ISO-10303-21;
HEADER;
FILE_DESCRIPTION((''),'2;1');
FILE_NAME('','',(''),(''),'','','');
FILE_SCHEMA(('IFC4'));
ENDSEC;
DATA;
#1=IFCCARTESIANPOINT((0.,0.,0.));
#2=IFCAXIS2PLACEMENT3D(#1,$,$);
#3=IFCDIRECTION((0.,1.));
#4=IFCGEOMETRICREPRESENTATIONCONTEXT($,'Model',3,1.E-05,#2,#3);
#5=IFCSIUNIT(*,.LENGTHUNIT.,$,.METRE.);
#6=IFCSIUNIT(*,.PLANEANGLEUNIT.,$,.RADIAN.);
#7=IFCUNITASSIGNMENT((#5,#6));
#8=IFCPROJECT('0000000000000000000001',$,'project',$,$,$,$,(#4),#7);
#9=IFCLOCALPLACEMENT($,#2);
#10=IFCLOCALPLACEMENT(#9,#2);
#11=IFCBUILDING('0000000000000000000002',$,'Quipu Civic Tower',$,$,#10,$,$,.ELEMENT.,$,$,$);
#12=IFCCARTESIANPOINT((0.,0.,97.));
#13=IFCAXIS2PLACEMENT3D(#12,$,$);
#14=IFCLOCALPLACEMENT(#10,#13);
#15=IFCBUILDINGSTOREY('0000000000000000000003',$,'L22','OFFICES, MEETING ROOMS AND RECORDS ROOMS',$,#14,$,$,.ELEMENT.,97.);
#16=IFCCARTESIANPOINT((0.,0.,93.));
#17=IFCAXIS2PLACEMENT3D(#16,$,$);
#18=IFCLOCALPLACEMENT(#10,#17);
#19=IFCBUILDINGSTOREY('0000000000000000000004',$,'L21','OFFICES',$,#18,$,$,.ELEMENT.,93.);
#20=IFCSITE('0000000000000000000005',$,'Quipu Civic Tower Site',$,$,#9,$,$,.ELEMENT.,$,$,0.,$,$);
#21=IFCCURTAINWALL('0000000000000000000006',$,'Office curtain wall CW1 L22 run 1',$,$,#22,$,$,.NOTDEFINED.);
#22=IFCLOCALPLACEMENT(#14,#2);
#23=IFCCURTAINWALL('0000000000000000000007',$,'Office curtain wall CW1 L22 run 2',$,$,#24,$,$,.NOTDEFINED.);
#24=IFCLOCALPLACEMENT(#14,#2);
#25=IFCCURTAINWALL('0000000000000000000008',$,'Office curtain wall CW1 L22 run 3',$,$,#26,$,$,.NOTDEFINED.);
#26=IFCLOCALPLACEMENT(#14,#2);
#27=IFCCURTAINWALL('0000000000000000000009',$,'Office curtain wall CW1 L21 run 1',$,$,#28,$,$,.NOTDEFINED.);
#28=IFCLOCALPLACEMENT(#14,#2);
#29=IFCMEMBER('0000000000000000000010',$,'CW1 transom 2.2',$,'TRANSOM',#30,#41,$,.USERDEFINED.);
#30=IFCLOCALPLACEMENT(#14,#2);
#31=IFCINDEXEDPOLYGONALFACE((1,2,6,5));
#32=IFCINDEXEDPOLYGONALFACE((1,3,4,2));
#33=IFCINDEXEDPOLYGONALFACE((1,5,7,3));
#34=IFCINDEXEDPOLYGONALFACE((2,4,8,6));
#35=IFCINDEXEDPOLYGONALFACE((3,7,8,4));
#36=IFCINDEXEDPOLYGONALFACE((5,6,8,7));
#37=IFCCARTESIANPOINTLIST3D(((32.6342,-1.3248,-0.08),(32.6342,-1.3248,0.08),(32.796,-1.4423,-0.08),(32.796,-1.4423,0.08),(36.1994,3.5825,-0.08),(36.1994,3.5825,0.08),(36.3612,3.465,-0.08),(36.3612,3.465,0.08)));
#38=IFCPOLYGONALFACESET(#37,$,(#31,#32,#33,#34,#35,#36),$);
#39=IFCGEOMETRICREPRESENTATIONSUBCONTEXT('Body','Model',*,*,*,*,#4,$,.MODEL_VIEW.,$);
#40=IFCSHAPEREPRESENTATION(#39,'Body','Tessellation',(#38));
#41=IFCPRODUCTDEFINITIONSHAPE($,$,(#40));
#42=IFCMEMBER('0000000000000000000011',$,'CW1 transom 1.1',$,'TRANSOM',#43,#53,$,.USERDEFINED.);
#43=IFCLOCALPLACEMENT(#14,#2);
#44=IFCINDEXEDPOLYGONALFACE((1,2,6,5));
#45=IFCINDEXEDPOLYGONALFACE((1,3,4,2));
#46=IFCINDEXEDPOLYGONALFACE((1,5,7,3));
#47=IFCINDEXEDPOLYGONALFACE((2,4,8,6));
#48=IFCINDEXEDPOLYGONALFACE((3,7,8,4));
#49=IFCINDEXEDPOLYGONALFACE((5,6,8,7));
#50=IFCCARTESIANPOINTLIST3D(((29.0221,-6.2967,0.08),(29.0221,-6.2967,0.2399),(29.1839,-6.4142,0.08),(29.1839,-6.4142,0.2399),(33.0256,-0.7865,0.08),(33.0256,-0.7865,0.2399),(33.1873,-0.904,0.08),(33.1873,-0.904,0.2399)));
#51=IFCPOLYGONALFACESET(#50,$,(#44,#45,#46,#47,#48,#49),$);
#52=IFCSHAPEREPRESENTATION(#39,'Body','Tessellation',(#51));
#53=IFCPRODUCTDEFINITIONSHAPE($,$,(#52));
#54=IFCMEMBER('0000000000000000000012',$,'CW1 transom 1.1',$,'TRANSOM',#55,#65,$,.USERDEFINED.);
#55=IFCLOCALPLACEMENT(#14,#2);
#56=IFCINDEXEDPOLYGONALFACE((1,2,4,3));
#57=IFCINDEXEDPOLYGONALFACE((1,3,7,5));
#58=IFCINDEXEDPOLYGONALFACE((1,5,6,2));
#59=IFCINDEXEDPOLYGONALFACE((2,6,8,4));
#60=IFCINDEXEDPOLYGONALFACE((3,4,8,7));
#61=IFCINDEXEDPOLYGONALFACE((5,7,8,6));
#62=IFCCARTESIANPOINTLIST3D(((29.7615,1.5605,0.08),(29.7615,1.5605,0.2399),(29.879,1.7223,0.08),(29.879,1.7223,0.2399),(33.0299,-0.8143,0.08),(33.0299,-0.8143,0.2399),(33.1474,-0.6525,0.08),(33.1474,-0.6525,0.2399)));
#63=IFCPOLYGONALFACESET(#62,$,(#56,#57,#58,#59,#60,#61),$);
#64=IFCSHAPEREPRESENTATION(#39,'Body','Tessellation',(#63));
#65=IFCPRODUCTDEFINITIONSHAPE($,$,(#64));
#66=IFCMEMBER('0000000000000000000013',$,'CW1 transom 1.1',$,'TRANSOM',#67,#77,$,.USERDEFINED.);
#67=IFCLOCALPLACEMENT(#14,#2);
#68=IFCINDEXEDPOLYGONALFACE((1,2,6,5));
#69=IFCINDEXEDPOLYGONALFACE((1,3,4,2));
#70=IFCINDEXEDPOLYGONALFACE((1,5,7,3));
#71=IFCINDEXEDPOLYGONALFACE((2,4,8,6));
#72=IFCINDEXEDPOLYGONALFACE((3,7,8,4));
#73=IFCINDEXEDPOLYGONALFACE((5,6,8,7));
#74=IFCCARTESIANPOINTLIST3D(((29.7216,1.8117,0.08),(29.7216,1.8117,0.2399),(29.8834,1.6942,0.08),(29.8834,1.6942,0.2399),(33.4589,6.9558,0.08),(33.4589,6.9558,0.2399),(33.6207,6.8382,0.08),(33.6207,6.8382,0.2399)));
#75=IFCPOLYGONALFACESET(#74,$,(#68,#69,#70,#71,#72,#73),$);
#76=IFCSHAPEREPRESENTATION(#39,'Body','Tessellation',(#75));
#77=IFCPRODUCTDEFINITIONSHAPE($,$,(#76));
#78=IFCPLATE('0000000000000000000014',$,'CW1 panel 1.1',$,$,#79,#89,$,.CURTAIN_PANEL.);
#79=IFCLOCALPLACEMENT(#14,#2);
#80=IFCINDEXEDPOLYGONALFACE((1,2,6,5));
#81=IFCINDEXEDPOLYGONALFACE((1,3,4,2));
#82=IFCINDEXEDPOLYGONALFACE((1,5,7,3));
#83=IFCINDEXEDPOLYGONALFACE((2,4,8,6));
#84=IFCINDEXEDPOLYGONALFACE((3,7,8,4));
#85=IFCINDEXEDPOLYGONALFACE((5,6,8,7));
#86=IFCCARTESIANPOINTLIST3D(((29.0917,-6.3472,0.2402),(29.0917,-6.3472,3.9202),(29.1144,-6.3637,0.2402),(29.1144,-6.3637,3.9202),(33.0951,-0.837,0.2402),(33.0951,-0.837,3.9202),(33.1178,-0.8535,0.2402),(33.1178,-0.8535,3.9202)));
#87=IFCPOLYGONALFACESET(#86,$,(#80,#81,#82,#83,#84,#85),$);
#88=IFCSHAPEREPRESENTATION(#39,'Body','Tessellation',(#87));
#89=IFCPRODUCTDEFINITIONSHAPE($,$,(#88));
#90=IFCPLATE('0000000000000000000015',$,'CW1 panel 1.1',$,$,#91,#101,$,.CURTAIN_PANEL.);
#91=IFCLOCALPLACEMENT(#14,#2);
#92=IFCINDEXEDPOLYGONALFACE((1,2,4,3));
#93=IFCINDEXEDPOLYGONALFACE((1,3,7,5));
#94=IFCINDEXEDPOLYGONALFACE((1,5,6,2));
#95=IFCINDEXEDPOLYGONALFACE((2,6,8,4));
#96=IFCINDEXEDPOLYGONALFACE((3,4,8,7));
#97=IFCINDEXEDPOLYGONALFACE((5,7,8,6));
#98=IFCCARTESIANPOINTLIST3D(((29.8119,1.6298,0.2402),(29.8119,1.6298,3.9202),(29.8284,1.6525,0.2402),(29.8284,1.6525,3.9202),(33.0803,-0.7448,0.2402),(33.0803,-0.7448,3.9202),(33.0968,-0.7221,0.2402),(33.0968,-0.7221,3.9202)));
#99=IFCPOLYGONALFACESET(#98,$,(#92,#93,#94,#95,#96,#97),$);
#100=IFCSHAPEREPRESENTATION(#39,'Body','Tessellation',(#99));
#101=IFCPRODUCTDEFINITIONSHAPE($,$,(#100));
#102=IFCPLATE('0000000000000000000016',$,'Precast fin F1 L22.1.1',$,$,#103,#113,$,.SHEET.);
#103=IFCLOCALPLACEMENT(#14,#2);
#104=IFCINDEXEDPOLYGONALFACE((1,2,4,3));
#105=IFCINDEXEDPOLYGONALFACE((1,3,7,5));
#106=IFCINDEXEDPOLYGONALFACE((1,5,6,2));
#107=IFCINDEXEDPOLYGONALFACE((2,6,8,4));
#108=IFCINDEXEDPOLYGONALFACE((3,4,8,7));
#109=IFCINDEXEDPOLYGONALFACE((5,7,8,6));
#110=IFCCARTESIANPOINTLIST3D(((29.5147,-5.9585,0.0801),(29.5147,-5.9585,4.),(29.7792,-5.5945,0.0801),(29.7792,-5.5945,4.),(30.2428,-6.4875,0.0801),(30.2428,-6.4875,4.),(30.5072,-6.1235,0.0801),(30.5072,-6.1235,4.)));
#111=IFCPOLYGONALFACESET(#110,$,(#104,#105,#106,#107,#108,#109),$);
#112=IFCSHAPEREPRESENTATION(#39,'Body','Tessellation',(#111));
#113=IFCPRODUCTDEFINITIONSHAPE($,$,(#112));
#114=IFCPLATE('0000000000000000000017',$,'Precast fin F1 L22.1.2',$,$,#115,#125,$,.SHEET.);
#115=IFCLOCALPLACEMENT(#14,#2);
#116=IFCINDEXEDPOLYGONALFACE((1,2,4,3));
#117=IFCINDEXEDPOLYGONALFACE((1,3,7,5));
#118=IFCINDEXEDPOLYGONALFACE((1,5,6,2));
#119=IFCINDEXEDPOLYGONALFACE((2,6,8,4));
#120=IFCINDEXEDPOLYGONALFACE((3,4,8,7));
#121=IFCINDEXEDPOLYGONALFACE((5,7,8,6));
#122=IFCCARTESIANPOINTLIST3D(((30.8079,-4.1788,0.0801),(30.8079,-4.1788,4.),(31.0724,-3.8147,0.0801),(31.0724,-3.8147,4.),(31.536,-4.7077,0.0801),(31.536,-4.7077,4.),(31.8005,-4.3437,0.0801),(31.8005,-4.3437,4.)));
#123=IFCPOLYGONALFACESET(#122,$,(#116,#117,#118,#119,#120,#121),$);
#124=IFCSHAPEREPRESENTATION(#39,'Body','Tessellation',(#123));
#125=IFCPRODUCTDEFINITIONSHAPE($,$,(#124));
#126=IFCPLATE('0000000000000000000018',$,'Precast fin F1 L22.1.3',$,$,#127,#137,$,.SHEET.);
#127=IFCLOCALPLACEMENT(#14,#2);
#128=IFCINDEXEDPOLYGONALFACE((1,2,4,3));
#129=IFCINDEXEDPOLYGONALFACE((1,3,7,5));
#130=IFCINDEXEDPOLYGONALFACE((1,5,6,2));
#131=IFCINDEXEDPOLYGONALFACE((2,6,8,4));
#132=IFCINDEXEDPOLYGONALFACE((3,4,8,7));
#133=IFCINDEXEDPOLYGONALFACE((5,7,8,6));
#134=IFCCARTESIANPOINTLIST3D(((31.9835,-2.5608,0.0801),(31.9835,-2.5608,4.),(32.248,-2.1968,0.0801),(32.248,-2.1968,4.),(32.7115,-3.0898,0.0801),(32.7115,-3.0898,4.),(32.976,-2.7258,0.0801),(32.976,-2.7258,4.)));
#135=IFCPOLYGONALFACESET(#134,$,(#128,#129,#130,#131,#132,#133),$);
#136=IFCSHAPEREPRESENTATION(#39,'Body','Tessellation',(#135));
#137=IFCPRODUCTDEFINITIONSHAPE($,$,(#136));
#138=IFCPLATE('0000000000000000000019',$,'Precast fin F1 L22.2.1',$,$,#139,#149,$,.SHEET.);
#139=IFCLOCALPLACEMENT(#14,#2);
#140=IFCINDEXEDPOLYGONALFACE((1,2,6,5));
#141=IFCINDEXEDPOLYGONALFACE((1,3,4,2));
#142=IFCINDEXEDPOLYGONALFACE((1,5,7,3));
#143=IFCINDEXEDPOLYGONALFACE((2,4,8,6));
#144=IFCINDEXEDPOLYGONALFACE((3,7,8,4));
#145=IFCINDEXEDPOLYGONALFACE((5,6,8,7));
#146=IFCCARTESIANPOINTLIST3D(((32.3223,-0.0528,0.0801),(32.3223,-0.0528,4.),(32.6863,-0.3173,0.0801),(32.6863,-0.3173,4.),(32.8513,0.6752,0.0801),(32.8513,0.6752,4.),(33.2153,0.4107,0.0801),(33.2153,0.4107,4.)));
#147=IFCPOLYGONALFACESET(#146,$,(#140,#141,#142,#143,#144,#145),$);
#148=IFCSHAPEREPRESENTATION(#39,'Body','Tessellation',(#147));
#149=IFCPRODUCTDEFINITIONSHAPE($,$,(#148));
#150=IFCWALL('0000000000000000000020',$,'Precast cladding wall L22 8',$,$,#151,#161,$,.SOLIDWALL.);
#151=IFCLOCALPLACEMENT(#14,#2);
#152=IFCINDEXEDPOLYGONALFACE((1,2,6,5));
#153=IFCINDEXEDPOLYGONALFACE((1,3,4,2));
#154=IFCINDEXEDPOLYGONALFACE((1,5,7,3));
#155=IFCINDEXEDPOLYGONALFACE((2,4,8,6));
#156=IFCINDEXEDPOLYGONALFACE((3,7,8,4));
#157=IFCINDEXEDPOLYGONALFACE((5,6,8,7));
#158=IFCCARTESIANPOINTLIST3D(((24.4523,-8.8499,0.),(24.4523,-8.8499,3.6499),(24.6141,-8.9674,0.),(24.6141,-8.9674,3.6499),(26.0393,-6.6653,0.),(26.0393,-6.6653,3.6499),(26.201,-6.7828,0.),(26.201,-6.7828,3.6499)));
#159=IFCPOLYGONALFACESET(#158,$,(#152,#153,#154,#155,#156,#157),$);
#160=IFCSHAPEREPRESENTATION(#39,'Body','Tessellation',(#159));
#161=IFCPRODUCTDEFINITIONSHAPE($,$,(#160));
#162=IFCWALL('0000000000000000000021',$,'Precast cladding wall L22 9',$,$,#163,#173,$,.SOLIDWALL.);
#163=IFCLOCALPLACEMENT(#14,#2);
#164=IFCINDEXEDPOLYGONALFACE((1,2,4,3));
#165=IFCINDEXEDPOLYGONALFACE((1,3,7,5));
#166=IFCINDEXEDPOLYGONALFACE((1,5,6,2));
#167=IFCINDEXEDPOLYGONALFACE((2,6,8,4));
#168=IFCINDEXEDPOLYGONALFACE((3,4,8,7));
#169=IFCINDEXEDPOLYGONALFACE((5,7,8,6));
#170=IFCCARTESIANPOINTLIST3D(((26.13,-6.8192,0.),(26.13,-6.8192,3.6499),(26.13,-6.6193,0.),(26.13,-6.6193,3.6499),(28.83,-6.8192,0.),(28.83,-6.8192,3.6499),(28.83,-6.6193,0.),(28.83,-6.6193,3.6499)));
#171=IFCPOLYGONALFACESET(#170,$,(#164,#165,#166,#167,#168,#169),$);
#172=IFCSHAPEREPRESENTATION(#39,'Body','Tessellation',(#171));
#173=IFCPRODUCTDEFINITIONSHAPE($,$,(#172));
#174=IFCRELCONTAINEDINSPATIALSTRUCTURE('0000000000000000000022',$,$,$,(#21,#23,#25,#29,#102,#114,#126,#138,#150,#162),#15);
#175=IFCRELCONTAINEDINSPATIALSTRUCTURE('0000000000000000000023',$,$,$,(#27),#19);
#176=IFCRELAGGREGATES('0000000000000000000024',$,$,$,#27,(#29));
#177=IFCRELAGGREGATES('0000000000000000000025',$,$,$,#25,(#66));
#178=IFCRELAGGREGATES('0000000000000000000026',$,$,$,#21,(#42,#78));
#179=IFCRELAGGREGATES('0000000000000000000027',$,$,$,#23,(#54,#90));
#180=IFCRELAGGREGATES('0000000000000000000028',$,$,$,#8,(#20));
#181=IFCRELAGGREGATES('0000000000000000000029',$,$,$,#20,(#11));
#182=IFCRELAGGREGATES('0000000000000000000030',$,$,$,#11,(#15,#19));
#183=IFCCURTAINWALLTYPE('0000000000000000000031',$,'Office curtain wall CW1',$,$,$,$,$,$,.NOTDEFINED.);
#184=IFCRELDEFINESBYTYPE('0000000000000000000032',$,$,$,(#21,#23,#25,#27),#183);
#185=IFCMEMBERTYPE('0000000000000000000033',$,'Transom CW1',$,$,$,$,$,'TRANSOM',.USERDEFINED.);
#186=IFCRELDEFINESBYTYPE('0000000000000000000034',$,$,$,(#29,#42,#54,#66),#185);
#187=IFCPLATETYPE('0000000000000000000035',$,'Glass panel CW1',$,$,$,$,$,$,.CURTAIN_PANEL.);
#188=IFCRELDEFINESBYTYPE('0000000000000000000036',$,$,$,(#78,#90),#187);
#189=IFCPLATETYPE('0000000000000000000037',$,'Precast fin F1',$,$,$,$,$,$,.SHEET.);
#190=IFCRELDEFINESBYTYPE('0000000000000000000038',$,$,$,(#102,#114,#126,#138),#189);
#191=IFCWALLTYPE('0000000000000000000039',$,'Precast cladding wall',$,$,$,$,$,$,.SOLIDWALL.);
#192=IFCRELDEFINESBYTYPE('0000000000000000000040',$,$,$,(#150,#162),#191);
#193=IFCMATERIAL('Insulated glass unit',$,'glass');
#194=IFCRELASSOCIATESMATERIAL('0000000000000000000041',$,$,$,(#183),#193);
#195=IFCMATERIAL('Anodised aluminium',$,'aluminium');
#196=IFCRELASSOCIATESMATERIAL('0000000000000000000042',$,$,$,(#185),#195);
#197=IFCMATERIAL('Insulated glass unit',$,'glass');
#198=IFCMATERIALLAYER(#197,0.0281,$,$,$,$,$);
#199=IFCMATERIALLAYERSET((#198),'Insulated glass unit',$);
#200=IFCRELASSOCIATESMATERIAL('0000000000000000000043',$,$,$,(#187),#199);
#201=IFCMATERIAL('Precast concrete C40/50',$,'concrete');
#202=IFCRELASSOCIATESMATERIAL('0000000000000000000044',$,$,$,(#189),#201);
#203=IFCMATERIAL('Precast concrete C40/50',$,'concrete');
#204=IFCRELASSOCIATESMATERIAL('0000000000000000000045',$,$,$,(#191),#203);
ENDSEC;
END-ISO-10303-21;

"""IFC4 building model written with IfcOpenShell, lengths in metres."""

from ifc_helpers import new_model, si_unit, direction, frame, frame_2d, origin, origin_2d, place, context, subcontext, project, spatial, rectangle, extrude, material, layer, layer_set, material_profile, profile_set, type_object, element, aggregate, save


model = new_model("IFC4")

# Units and contexts
model_context = context("Model", 3, precision=1e-05, world=origin(), true_north=direction((0.0, 1.0)))
body_context = subcontext(model_context, "Body", "Model", "MODEL_VIEW")
ifc_project = project(units=[si_unit("LENGTHUNIT", "METRE"), si_unit("PLANEANGLEUNIT", "RADIAN")], contexts=[model_context])

# Site, building, storey
site_placement = place(None, origin())
site = spatial("IfcSite", under=ifc_project, at=site_placement, Name="Quipu Civic Tower Site", CompositionType="ELEMENT", RefElevation=0.0)
building_placement = place(site_placement, origin())
building = spatial("IfcBuilding", under=site, at=building_placement, Name="Quipu Civic Tower", CompositionType="ELEMENT")
storey_1_placement = place(building_placement, frame((0.0, 0.0, 97.0)))
storey_1 = spatial("IfcBuildingStorey", under=building, at=storey_1_placement, Name="L22", Description="OFFICES, MEETING ROOMS AND RECORDS ROOMS", CompositionType="ELEMENT", Elevation=97.0)

# Curtain walls
ifc_material_1 = material(Name="Insulated glass unit", Category="glass")
curtain_wall_type = type_object("IfcCurtainWallType", Name="Office curtain wall CW1", PredefinedType="NOTDEFINED", material=ifc_material_1)
curtain_wall_1_placement = place(storey_1_placement, origin())
curtain_wall_1 = element("IfcCurtainWall", 1, at=curtain_wall_1_placement, inside=storey_1, type_object=curtain_wall_type, Name="Office curtain wall CW1 L22 run 1", PredefinedType="NOTDEFINED")
curtain_wall_2_placement = place(storey_1_placement, origin())
curtain_wall_2 = element("IfcCurtainWall", 2, at=curtain_wall_2_placement, inside=storey_1, type_object=curtain_wall_type, Name="Office curtain wall CW1 L22 run 2", PredefinedType="NOTDEFINED")

# Curtain wall
curtain_wall_3_placement = place(storey_1_placement, origin())
curtain_wall_3 = element("IfcCurtainWall", 3, at=curtain_wall_3_placement, inside=storey_1, type_object=curtain_wall_type, Name="Office curtain wall CW1 L22 run 3", PredefinedType="NOTDEFINED")

# Shared definitions
storey_2_placement = place(building_placement, frame((0.0, 0.0, 93.0)))
storey_2 = spatial("IfcBuildingStorey", under=building, at=storey_2_placement, Name="L21", Description="OFFICES", CompositionType="ELEMENT", Elevation=93.0)

# Curtain wall, member
curtain_wall_4_placement = place(storey_2_placement, origin())
curtain_wall_4 = element("IfcCurtainWall", 4, at=curtain_wall_4_placement, inside=storey_2, type_object=curtain_wall_type, Name="Office curtain wall CW1 L21 run 1", PredefinedType="NOTDEFINED")
ifc_material_2 = material(Name="Anodised aluminium", Category="aluminium")
ifc_material_profile_1 = material_profile(ifc_material_2, rectangle(XDim=0.2, YDim=0.1599, at=origin_2d()), Name="RECT 200x160")
ifc_profile_set_1 = profile_set([ifc_material_profile_1], Name="Anodised aluminium")
member_type_1 = type_object("IfcMemberType", Name="Transom CW1", ElementType="TRANSOM", PredefinedType="USERDEFINED", material=ifc_profile_set_1)
member_1_placement = place(storey_1_placement, frame((32.7151, -1.3835, 0.0), z_axis=(0.587772, 0.809027, 0.0), x_axis=(-0.809027, 0.587772, 0.0)))
member_1 = element("IfcMember", 5, at=member_1_placement, inside=storey_1, type_object=member_type_1, Name="CW1 transom 2.2", ObjectType="TRANSOM", PredefinedType="USERDEFINED", context=body_context, shape_type="SweptSolid", body=[
    extrude(rectangle(XDim=0.2, YDim=0.1599, at=origin_2d()), origin(), (0.0, 0.0, 1.0), 6.0657),
])
aggregate(curtain_wall_4, [member_1])

# Members
member_2_placement = place(storey_1_placement, frame((29.103, -6.3555, 0.1599), z_axis=(0.587784, 0.809018, 0.0), x_axis=(-0.809018, 0.587784, 0.0)))
member_2 = element("IfcMember", 6, at=member_2_placement, type_object=member_type_1, Name="CW1 transom 1.1", ObjectType="TRANSOM", PredefinedType="USERDEFINED", context=body_context, shape_type="SweptSolid", body=[
    extrude(rectangle(XDim=0.2, YDim=0.1599, at=origin_2d()), origin(), (0.0, 0.0, 1.0), 6.811),
])
member_3_placement = place(storey_1_placement, frame((33.0886, -0.7334, 0.1599), z_axis=(-0.808995, 0.587816, 0.0), x_axis=(-0.587816, -0.808995, 0.0)))
member_3 = element("IfcMember", 7, at=member_3_placement, type_object=member_type_1, Name="CW1 transom 1.1", ObjectType="TRANSOM", PredefinedType="USERDEFINED", context=body_context, shape_type="SweptSolid", body=[
    extrude(rectangle(XDim=0.2, YDim=0.1599, at=origin_2d()), origin(), (0.0, 0.0, 1.0), 4.04),
])
member_4_placement = place(storey_1_placement, frame((29.8025, 1.7529, 0.1599), z_axis=(0.587779, 0.809022, 0.0), x_axis=(-0.809022, 0.587779, 0.0)))
member_4 = element("IfcMember", 8, at=member_4_placement, type_object=member_type_1, Name="CW1 transom 1.1", ObjectType="TRANSOM", PredefinedType="USERDEFINED", context=body_context, shape_type="SweptSolid", body=[
    extrude(rectangle(XDim=0.2, YDim=0.1599, at=origin_2d()), origin(), (0.0, 0.0, 1.0), 6.3584),
])
aggregate(curtain_wall_3, [member_4])

# Plates
ifc_material_3 = material(Name="Insulated glass unit", Category="glass")
ifc_layer = layer(ifc_material_3, 0.0281)
ifc_layer_set = layer_set([ifc_layer], Name="Insulated glass unit")
plate_type_1 = type_object("IfcPlateType", Name="Glass panel CW1", PredefinedType="CURTAIN_PANEL", material=ifc_layer_set)
plate_1_placement = place(storey_1_placement, frame((31.1047, -3.6003, 0.2402), z_axis=(0.0, 0.0, 1.0), x_axis=(0.587787, 0.809016, 0.0)))
plate_1 = element("IfcPlate", 9, at=plate_1_placement, type_object=plate_type_1, Name="CW1 panel 1.1", PredefinedType="CURTAIN_PANEL", context=body_context, shape_type="SweptSolid", body=[
    extrude(rectangle(XDim=6.811, YDim=0.0281, at=origin_2d()), origin(), (0.0, 0.0, 1.0), 3.6799),
])
aggregate(curtain_wall_1, [member_2, plate_1])
plate_2_placement = place(storey_1_placement, frame((31.4543, 0.4539, 0.2402), z_axis=(0.0, 0.0, 1.0), x_axis=(-0.809019, 0.587782, 0.0)))
plate_2 = element("IfcPlate", 10, at=plate_2_placement, type_object=plate_type_1, Name="CW1 panel 1.1", PredefinedType="CURTAIN_PANEL", context=body_context, shape_type="SweptSolid", body=[
    extrude(rectangle(XDim=4.04, YDim=0.0281, at=origin_2d()), origin(), (0.0, 0.0, 1.0), 3.6799),
])
aggregate(curtain_wall_2, [member_3, plate_2])

# Plates
ifc_material_4 = material(Name="Precast concrete C40/50", Category="concrete")
plate_type_2 = type_object("IfcPlateType", Name="Precast fin F1", PredefinedType="SHEET", material=ifc_material_4)
for number, where, z_axis, x_axis, name in (
    (11, (30.011, -6.041, 0.0801), (0.0, 0.0, 1.0), (0.587788, 0.809015, 0.0), "Precast fin F1 L22.1.1"),
    (12, (31.3042, -4.2612, 0.0801), (0.0, 0.0, 1.0), (0.587788, 0.809015, 0.0), "Precast fin F1 L22.1.2"),
    (13, (32.4797, -2.6433, 0.0801), (0.0, 0.0, 1.0), (0.587788, 0.809015, 0.0), "Precast fin F1 L22.1.3"),
    (14, (32.7688, 0.179, 0.0801), (0.0, 0.0, 1.0), (-0.809019, 0.587782, 0.0), "Precast fin F1 L22.2.1"),
):
    element("IfcPlate", number, at=place(storey_1_placement, frame(where, z_axis=z_axis, x_axis=x_axis)), inside=storey_1, type_object=plate_type_2, Name=name, PredefinedType="SHEET", context=body_context, shape_type="SweptSolid", body=[
        extrude(rectangle(XDim=0.45, YDim=0.8999, at=origin_2d()), origin(), (0.0, 0.0, 1.0), 3.9199),
    ])

# Walls
ifc_material_5 = material(Name="Precast concrete C40/50", Category="concrete")
wall_type = type_object("IfcWallType", Name="Precast cladding wall", PredefinedType="SOLIDWALL", material=ifc_material_5)
wall_1_placement = place(storey_1_placement, frame((24.5332, -8.9087, 0.0), z_axis=(0.0, 0.0, 1.0), x_axis=(0.58772, 0.809064, 0.0)))
element("IfcWall", 15, at=wall_1_placement, inside=storey_1, type_object=wall_type, Name="Precast cladding wall L22 8", PredefinedType="SOLIDWALL", context=body_context, shape_type="SweptSolid", body=[
    extrude(rectangle(XDim=2.7002, YDim=0.2, at=frame_2d((1.3501, 0.0))), origin(), (0.0, 0.0, 1.0), 3.6499),
])
wall_2_placement = place(storey_1_placement, frame((26.1299, -6.7192, 0.0), z_axis=(0.0, 0.0, 1.0), x_axis=(1.0, 0.0, 0.0)))
element("IfcWall", 16, at=wall_2_placement, inside=storey_1, type_object=wall_type, Name="Precast cladding wall L22 9", PredefinedType="SOLIDWALL", context=body_context, shape_type="SweptSolid", body=[
    extrude(rectangle(XDim=2.7, YDim=0.2, at=frame_2d((1.3501, 0.0))), origin(), (0.0, 0.0, 1.0), 3.6499),
])

save(model, "model.ifc")
